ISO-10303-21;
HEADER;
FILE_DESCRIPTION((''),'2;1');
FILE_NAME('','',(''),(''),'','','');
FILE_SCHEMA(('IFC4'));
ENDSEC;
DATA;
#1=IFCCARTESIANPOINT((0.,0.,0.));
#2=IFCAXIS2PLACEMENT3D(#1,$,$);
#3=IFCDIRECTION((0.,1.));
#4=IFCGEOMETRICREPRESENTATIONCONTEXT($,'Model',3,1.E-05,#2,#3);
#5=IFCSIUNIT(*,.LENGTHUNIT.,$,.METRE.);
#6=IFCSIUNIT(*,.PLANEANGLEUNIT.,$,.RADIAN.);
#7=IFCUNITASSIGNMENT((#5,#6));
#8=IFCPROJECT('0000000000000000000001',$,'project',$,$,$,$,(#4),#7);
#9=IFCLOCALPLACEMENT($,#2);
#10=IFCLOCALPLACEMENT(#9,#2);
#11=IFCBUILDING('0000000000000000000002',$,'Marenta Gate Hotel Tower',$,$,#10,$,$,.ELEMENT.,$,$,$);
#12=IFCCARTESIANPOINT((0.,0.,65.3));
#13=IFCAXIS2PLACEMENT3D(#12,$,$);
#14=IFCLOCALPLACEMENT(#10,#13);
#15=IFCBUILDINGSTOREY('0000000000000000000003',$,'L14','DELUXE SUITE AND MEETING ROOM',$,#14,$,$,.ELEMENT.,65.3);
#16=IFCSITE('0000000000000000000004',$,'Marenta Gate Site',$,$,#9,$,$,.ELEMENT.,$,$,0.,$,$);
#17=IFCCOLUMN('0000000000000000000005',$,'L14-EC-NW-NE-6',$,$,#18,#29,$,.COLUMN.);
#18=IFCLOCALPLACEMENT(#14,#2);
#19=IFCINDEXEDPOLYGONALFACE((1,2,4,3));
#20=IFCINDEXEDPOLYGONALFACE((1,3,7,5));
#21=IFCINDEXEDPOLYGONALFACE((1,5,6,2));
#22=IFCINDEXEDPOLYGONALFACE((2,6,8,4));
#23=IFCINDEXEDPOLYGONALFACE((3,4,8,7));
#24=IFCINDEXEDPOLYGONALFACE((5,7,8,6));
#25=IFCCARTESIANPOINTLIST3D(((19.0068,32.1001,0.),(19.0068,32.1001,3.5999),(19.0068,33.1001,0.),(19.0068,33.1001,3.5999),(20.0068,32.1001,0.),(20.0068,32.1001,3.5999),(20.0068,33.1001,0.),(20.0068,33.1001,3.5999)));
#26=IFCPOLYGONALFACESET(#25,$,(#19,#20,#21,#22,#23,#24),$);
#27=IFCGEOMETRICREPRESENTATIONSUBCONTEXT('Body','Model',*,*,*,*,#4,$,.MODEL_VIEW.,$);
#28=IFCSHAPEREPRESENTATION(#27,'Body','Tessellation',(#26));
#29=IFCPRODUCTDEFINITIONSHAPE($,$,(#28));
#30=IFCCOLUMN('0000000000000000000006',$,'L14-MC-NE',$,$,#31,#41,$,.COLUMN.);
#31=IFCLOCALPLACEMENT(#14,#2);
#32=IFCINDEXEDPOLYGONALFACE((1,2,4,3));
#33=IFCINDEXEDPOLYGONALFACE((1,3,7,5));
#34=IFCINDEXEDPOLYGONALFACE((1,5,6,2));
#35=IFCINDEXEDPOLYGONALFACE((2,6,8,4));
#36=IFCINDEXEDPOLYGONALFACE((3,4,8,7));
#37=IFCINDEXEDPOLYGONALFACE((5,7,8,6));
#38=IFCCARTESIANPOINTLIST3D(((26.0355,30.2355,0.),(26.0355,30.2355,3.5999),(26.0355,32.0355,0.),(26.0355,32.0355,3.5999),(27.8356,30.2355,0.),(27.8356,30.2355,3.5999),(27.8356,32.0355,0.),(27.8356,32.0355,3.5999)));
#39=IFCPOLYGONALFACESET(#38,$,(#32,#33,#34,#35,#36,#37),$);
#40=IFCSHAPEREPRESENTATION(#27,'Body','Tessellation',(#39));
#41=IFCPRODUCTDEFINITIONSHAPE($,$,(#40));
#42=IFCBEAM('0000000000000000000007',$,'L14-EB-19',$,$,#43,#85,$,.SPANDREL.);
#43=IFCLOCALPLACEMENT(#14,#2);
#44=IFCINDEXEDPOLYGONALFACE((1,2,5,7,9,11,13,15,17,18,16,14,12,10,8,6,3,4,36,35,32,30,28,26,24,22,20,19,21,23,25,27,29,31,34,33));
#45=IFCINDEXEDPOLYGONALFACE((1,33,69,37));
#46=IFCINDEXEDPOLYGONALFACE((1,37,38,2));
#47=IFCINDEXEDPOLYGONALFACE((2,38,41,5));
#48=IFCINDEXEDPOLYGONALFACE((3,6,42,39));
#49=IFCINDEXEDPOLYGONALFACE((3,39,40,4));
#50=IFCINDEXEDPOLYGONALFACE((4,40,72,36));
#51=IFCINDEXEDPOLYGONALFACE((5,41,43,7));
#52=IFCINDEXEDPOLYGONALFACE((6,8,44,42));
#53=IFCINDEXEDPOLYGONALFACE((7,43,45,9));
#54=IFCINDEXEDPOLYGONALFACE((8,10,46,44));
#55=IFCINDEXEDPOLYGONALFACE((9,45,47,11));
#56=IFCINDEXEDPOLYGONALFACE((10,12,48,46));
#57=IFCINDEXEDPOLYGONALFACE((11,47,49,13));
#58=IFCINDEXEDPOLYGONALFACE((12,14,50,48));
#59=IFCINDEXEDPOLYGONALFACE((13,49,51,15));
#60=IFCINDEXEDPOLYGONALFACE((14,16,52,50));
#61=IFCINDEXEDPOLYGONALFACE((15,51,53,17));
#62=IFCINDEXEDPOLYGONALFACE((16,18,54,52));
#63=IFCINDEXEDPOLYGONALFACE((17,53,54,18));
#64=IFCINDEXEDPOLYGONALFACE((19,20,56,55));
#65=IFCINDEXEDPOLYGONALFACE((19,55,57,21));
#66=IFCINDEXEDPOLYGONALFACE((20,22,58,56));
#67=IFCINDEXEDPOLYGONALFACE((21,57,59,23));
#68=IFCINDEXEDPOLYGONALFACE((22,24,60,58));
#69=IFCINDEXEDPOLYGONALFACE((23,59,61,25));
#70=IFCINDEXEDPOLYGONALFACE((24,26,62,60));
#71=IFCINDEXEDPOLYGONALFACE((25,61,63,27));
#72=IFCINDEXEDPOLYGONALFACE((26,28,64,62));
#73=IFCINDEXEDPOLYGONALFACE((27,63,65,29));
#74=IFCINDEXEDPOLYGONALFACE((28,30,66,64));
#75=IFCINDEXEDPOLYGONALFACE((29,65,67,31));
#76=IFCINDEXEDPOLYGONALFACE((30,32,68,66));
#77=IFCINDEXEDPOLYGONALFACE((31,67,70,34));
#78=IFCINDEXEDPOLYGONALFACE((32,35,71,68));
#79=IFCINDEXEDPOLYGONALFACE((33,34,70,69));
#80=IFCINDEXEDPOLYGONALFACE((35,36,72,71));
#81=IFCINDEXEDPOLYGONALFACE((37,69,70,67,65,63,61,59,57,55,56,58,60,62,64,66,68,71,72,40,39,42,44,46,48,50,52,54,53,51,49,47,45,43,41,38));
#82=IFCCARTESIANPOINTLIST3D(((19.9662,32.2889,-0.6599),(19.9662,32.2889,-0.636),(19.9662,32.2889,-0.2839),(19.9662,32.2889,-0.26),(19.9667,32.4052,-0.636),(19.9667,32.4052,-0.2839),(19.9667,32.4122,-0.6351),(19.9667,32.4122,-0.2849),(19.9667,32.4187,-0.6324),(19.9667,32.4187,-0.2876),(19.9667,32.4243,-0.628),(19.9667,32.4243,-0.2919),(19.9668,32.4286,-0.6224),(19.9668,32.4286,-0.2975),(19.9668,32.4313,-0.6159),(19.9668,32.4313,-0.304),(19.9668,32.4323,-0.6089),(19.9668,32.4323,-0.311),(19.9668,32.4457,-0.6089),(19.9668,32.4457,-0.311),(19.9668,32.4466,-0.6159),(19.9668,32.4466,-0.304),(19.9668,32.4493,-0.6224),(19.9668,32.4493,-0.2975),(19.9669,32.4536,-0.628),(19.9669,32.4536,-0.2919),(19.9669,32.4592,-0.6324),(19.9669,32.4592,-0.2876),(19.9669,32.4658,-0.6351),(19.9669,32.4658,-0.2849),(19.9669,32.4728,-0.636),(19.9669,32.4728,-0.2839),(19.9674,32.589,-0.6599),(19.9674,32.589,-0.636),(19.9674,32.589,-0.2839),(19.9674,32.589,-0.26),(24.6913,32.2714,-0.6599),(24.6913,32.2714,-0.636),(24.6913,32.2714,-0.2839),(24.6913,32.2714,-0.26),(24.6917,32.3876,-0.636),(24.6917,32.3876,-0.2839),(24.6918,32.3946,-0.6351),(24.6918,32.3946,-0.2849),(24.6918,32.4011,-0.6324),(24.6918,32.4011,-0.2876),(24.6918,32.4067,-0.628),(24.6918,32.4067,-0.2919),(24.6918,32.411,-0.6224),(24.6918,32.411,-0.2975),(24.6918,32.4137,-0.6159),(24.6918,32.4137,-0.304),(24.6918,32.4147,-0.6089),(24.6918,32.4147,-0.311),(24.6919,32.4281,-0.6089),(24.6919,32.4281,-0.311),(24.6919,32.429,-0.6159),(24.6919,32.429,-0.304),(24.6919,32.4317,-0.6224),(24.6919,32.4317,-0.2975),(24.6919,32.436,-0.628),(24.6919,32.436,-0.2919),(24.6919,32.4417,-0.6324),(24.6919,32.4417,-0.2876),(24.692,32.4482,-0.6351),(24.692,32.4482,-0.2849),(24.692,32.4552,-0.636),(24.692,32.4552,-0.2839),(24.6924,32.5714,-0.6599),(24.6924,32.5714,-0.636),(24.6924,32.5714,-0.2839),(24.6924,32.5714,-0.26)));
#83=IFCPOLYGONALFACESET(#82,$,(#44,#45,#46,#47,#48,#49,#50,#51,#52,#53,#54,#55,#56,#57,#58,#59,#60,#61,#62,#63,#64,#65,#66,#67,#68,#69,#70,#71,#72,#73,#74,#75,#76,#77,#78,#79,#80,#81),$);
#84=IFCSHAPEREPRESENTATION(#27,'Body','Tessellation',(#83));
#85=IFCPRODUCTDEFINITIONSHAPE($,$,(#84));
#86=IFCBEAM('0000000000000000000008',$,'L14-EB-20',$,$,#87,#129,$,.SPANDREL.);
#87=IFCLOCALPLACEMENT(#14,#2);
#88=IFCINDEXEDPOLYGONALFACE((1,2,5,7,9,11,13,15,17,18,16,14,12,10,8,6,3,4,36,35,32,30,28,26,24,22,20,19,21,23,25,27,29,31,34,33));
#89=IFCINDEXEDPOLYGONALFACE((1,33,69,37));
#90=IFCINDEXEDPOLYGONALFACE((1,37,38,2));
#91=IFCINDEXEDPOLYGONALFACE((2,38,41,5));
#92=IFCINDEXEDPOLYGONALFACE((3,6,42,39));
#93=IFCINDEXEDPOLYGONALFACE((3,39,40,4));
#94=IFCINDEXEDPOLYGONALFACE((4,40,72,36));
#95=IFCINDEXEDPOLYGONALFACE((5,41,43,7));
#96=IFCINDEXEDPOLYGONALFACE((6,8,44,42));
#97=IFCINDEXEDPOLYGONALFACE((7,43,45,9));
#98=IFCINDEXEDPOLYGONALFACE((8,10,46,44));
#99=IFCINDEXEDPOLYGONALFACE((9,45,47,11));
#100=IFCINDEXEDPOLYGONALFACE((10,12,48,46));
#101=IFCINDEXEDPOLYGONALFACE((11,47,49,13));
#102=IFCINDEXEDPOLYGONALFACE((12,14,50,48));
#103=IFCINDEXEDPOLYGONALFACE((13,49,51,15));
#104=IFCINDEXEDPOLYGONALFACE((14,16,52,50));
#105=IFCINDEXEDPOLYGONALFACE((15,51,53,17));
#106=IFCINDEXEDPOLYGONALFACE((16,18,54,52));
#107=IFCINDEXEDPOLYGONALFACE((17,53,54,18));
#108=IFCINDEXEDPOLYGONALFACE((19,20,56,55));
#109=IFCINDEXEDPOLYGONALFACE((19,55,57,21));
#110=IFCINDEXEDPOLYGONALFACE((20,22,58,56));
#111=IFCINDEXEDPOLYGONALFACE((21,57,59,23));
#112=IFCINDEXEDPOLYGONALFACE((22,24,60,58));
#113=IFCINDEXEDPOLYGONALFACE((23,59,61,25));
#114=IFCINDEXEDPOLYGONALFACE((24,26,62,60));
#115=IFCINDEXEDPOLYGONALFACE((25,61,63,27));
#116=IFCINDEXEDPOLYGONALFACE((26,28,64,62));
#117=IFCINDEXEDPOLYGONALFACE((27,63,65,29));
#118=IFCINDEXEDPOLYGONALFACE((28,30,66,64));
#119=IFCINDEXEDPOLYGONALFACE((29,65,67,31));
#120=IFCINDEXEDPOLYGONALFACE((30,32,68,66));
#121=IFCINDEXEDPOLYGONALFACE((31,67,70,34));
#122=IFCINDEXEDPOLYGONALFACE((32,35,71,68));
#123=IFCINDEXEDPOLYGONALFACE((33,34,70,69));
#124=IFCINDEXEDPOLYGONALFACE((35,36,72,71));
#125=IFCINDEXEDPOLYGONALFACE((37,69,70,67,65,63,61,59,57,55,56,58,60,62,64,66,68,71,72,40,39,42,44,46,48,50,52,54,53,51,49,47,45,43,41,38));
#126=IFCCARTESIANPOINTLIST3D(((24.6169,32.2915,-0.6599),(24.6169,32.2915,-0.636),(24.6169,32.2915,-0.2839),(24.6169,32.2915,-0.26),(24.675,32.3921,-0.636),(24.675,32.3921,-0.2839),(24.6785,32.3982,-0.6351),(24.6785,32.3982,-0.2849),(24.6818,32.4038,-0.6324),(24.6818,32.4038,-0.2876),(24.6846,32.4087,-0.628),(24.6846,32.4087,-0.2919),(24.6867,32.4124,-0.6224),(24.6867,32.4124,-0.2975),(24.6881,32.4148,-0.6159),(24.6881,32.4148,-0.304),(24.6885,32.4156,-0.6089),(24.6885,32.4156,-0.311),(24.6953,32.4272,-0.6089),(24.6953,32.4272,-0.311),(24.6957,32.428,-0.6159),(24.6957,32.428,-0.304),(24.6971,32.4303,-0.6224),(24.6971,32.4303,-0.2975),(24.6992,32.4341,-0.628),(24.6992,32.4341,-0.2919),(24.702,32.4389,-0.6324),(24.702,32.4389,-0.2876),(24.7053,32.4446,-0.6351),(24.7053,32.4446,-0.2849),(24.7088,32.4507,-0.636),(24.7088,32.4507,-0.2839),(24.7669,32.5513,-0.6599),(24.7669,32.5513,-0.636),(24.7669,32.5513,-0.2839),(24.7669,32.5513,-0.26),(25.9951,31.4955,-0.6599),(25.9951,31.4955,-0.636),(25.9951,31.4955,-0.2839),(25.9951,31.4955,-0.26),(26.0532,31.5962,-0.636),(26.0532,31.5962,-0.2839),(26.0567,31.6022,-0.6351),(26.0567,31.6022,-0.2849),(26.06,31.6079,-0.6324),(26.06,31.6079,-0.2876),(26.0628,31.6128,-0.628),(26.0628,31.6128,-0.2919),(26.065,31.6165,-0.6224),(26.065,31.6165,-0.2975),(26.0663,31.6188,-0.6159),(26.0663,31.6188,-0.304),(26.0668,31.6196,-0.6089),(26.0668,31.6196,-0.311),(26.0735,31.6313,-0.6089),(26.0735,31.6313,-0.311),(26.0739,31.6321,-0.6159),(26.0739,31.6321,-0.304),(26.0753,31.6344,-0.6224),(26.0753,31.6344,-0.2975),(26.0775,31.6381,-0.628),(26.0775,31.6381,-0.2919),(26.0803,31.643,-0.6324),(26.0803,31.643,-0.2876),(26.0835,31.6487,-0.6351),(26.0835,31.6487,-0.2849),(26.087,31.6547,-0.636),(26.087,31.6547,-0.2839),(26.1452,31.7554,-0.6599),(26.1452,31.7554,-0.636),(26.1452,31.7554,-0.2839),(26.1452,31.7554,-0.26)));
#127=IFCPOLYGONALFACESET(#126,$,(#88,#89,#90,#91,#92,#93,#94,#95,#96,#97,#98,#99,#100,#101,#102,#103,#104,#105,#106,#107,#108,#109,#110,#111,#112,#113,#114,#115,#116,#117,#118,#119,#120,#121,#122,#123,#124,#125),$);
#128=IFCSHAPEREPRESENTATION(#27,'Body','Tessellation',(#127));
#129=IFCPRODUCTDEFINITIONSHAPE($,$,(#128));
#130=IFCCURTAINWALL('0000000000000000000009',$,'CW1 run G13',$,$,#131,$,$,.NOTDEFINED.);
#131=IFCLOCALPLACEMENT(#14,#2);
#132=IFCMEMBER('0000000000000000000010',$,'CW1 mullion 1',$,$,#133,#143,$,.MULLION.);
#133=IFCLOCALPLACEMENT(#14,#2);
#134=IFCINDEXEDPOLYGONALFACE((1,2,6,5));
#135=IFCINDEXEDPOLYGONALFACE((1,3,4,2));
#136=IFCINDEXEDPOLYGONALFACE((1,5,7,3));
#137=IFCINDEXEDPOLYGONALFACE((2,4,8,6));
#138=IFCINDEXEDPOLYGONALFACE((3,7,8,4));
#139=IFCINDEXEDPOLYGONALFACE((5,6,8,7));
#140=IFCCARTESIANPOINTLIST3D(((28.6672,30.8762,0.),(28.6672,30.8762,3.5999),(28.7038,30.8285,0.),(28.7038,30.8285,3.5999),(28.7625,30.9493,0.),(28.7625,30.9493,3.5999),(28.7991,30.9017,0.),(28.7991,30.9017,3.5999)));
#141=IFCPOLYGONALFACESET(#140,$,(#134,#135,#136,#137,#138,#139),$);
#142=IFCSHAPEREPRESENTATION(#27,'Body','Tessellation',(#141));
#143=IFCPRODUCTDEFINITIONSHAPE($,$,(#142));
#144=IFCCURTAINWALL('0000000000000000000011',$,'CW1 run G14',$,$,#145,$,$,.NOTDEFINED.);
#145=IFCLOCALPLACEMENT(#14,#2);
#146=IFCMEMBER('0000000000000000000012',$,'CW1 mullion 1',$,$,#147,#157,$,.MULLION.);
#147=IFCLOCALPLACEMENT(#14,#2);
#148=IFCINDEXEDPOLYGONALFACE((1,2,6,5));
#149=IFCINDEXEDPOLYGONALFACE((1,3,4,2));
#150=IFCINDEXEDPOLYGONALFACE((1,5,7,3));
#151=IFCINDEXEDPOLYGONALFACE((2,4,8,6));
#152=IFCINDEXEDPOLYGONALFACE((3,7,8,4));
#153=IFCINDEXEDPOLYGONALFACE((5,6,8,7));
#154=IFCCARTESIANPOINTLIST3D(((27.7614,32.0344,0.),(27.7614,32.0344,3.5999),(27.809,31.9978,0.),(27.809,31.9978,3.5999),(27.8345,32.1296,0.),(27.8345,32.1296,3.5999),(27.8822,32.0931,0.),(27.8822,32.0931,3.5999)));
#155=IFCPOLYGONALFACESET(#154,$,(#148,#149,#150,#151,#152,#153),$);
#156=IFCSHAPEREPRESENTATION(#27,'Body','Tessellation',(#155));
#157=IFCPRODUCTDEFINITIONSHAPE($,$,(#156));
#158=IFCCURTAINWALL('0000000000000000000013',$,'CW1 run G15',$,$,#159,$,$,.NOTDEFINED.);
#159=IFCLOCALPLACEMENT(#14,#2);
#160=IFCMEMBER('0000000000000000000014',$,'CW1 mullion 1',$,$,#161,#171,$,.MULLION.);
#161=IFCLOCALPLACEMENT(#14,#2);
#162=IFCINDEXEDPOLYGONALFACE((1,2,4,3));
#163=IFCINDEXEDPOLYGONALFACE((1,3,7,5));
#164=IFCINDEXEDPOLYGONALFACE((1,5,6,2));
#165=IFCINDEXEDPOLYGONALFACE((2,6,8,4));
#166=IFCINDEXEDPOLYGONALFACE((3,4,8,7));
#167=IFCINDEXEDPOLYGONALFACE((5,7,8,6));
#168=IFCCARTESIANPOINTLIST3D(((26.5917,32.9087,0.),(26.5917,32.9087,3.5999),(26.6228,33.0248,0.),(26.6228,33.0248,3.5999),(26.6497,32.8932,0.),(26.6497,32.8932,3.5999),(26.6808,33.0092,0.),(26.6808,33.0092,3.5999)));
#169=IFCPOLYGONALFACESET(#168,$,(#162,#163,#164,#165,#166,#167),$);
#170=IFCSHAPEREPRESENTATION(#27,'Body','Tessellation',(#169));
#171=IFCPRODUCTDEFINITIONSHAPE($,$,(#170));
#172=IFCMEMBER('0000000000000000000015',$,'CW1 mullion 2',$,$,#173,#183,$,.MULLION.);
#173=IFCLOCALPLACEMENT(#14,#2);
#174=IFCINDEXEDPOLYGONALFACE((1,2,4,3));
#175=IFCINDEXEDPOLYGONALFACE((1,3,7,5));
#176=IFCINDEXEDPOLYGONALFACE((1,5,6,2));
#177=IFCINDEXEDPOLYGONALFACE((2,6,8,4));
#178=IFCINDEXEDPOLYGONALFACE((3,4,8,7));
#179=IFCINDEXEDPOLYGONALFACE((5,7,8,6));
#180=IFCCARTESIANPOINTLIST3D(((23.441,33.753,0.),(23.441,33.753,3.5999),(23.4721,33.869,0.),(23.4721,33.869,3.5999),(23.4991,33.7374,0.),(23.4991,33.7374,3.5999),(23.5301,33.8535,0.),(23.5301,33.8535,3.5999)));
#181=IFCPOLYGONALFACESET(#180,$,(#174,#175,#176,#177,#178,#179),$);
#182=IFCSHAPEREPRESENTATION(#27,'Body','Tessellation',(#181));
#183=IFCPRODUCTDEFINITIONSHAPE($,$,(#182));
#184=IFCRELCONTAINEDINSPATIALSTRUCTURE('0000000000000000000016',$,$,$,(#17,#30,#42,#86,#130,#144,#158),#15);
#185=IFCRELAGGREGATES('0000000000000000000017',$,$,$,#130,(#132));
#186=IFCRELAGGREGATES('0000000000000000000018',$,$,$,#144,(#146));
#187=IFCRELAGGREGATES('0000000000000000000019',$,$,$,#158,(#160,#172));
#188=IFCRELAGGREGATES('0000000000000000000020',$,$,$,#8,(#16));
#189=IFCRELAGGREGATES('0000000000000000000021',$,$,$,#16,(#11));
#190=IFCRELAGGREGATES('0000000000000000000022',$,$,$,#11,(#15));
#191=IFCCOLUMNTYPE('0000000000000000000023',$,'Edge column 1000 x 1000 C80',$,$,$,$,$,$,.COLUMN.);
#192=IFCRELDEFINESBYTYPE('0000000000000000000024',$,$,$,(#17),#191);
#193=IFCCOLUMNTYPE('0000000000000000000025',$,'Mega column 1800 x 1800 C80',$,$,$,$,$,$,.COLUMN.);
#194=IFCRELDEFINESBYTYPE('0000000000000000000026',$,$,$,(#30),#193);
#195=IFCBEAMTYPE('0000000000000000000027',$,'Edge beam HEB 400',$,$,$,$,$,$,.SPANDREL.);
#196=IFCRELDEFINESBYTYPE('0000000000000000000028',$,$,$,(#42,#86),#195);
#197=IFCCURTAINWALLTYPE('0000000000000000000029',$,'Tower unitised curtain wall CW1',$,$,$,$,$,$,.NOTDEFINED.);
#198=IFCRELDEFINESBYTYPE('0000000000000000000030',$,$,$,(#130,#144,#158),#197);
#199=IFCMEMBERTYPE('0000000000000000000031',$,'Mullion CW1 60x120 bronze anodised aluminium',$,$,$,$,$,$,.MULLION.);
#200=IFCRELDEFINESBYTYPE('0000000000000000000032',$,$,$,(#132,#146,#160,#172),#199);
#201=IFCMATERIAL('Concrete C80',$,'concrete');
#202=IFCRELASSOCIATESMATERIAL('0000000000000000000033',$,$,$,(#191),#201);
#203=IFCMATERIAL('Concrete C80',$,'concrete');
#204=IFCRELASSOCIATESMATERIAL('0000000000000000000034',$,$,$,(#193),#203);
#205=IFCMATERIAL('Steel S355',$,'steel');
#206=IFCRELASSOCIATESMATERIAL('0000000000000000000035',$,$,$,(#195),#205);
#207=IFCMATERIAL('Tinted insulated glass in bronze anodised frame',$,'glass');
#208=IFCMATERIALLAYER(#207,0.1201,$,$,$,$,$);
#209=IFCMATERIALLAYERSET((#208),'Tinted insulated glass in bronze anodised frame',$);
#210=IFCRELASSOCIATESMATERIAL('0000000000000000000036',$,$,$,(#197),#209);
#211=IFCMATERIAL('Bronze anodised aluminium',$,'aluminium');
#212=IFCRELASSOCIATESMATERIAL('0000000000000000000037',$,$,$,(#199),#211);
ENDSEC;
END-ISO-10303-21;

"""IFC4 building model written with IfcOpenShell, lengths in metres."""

from ifc_helpers import new_model, si_unit, direction, frame, origin, origin_2d, place, context, subcontext, project, spatial, rectangle, i_section, extrude, material, layer, layer_set, material_profile, profile_set, type_object, element, aggregate, save


model = new_model("IFC4")

# Units and contexts
model_context = context("Model", 3, precision=1e-05, world=origin(), true_north=direction((0.0, 1.0)))
body_context = subcontext(model_context, "Body", "Model", "MODEL_VIEW")
ifc_project = project(units=[si_unit("LENGTHUNIT", "METRE"), si_unit("PLANEANGLEUNIT", "RADIAN")], contexts=[model_context])

# Site, building, storey
site_placement = place(None, origin())
site = spatial("IfcSite", under=ifc_project, at=site_placement, Name="Marenta Gate Site", CompositionType="ELEMENT", RefElevation=0.0)
building_placement = place(site_placement, origin())
building = spatial("IfcBuilding", under=site, at=building_placement, Name="Marenta Gate Hotel Tower", CompositionType="ELEMENT")
storey_placement = place(building_placement, frame((0.0, 0.0, 65.3)))
storey = spatial("IfcBuildingStorey", under=building, at=storey_placement, Name="L14", Description="DELUXE SUITE AND MEETING ROOM", CompositionType="ELEMENT", Elevation=65.3)

# Columns
ifc_material_1 = material(Name="Concrete C80", Category="concrete")
ifc_material_profile_1 = material_profile(ifc_material_1, rectangle(XDim=1.0, YDim=1.0, at=origin_2d()), Name="1000 x 1000")
ifc_profile_set_1 = profile_set([ifc_material_profile_1], Name="Concrete C80")
column_type_1 = type_object("IfcColumnType", Name="Edge column 1000 x 1000 C80", PredefinedType="COLUMN", material=ifc_profile_set_1)
column_1_placement = place(storey_placement, frame((19.5068, 32.6001, 0.0), z_axis=(0.0, 0.0, 1.0), x_axis=(1.0, 0.0, 0.0)))
element("IfcColumn", 1, at=column_1_placement, inside=storey, type_object=column_type_1, Name="L14-EC-NW-NE-6", PredefinedType="COLUMN", context=body_context, shape_type="SweptSolid", body=[
    extrude(rectangle(XDim=1.0, YDim=1.0, at=origin_2d()), origin(), (0.0, 0.0, 1.0), 3.5999),
])
ifc_material_2 = material(Name="Concrete C80", Category="concrete")
ifc_material_profile_2 = material_profile(ifc_material_2, rectangle(XDim=1.8, YDim=1.8, at=origin_2d()), Name="1800 x 1800")
ifc_profile_set_2 = profile_set([ifc_material_profile_2], Name="Concrete C80")
column_type_2 = type_object("IfcColumnType", Name="Mega column 1800 x 1800 C80", PredefinedType="COLUMN", material=ifc_profile_set_2)
column_2_placement = place(storey_placement, frame((26.9355, 31.1355, 0.0), z_axis=(0.0, 0.0, 1.0), x_axis=(1.0, 0.0, 0.0)))
element("IfcColumn", 2, at=column_2_placement, inside=storey, type_object=column_type_2, Name="L14-MC-NE", PredefinedType="COLUMN", context=body_context, shape_type="SweptSolid", body=[
    extrude(rectangle(XDim=1.8, YDim=1.8, at=origin_2d()), origin(), (0.0, 0.0, 1.0), 3.5999),
])

# Beams
ifc_material_3 = material(Name="Steel S355", Category="steel")
ifc_material_profile_3 = material_profile(ifc_material_3, i_section(OverallWidth=0.3, OverallDepth=0.3999, WebThickness=0.0134, FlangeThickness=0.0239, FilletRadius=0.0271, at=origin_2d()), Name="HEB 400")
ifc_profile_set_3 = profile_set([ifc_material_profile_3], Name="Steel S355")
beam_type = type_object("IfcBeamType", Name="Edge beam HEB 400", PredefinedType="SPANDREL", material=ifc_profile_set_3)
beam_1_placement = place(storey_placement, frame((19.9668, 32.439, -0.46), z_axis=(0.999993, -0.00372, 0.0), x_axis=(0.00372, 0.999993, 0.0)))
element("IfcBeam", 3, at=beam_1_placement, inside=storey, type_object=beam_type, Name="L14-EB-19", PredefinedType="SPANDREL", context=body_context, shape_type="SweptSolid", body=[
    extrude(i_section(OverallWidth=0.3, OverallDepth=0.3999, WebThickness=0.0134, FlangeThickness=0.0239, FilletRadius=0.0271, at=origin_2d()), origin(), (0.0, 0.0, 1.0), 4.7251),
])
beam_2_placement = place(storey_placement, frame((24.6919, 32.4214, -0.46), z_axis=(0.865968, -0.500099, 0.0), x_axis=(0.500099, 0.865968, 0.0)))
element("IfcBeam", 4, at=beam_2_placement, inside=storey, type_object=beam_type, Name="L14-EB-20", PredefinedType="SPANDREL", context=body_context, shape_type="SweptSolid", body=[
    extrude(i_section(OverallWidth=0.3, OverallDepth=0.3999, WebThickness=0.0134, FlangeThickness=0.0239, FilletRadius=0.0271, at=origin_2d()), origin(), (0.0, 0.0, 1.0), 1.5916),
])

# Curtain walls, members
ifc_material_4 = material(Name="Tinted insulated glass in bronze anodised frame", Category="glass")
ifc_layer_1 = layer(ifc_material_4, 0.1201)
ifc_layer_set_1 = layer_set([ifc_layer_1], Name="Tinted insulated glass in bronze anodised frame")
curtain_wall_type = type_object("IfcCurtainWallType", Name="Tower unitised curtain wall CW1", PredefinedType="NOTDEFINED", material=ifc_layer_set_1)
curtain_wall_1_placement = place(storey_placement, origin())
curtain_wall_1 = element("IfcCurtainWall", 5, at=curtain_wall_1_placement, inside=storey, type_object=curtain_wall_type, Name="CW1 run G13", PredefinedType="NOTDEFINED")
ifc_material_5 = material(Name="Bronze anodised aluminium", Category="aluminium")
ifc_material_profile_4 = material_profile(ifc_material_5, rectangle(XDim=0.1201, YDim=0.0601, at=origin_2d()), Name="Mullion CW1 60x120 bronze anodised aluminium")
ifc_profile_set_4 = profile_set([ifc_material_profile_4], Name="Bronze anodised aluminium")
member_type_1 = type_object("IfcMemberType", Name="Mullion CW1 60x120 bronze anodised aluminium", PredefinedType="MULLION", material=ifc_profile_set_4)
member_1_placement = place(storey_placement, frame((28.7332, 30.8889, 0.0), z_axis=(0.0, 0.0, 1.0), x_axis=(-0.793338, -0.608781, 0.0)))
member_1 = element("IfcMember", 6, at=member_1_placement, type_object=member_type_1, Name="CW1 mullion 1", PredefinedType="MULLION", context=body_context, shape_type="SweptSolid", body=[
    extrude(rectangle(XDim=0.1201, YDim=0.0601, at=origin_2d()), origin(), (0.0, 0.0, 1.0), 3.5999),
])
curtain_wall_2_placement = place(storey_placement, origin())
curtain_wall_2 = element("IfcCurtainWall", 7, at=curtain_wall_2_placement, inside=storey, type_object=curtain_wall_type, Name="CW1 run G14", PredefinedType="NOTDEFINED")
member_2_placement = place(storey_placement, frame((27.8218, 32.0637, 0.0), z_axis=(0.0, 0.0, 1.0), x_axis=(-0.608781, -0.793338, 0.0)))
member_2 = element("IfcMember", 8, at=member_2_placement, type_object=member_type_1, Name="CW1 mullion 1", PredefinedType="MULLION", context=body_context, shape_type="SweptSolid", body=[
    extrude(rectangle(XDim=0.1201, YDim=0.0601, at=origin_2d()), origin(), (0.0, 0.0, 1.0), 3.5999),
])

# Curtain wall, members
curtain_wall_3_placement = place(storey_placement, origin())
curtain_wall_3 = element("IfcCurtainWall", 9, at=curtain_wall_3_placement, inside=storey, type_object=curtain_wall_type, Name="CW1 run G15", PredefinedType="NOTDEFINED")
member_3_placement = place(storey_placement, frame((26.6362, 32.959, 0.0), z_axis=(0.0, 0.0, 1.0), x_axis=(-0.258807, -0.965929, 0.0)))
member_3 = element("IfcMember", 10, at=member_3_placement, type_object=member_type_1, Name="CW1 mullion 1", PredefinedType="MULLION", context=body_context, shape_type="SweptSolid", body=[
    extrude(rectangle(XDim=0.1201, YDim=0.0601, at=origin_2d()), origin(), (0.0, 0.0, 1.0), 3.5999),
])
member_4_placement = place(storey_placement, frame((23.4856, 33.8032, 0.0), z_axis=(0.0, 0.0, 1.0), x_axis=(-0.258807, -0.965929, 0.0)))
member_4 = element("IfcMember", 11, at=member_4_placement, type_object=member_type_1, Name="CW1 mullion 2", PredefinedType="MULLION", context=body_context, shape_type="SweptSolid", body=[
    extrude(rectangle(XDim=0.1201, YDim=0.0601, at=origin_2d()), origin(), (0.0, 0.0, 1.0), 3.5999),
])

aggregate(curtain_wall_1, [member_1])
aggregate(curtain_wall_2, [member_2])
aggregate(curtain_wall_3, [member_3, member_4])

save(model, "model.ifc")
